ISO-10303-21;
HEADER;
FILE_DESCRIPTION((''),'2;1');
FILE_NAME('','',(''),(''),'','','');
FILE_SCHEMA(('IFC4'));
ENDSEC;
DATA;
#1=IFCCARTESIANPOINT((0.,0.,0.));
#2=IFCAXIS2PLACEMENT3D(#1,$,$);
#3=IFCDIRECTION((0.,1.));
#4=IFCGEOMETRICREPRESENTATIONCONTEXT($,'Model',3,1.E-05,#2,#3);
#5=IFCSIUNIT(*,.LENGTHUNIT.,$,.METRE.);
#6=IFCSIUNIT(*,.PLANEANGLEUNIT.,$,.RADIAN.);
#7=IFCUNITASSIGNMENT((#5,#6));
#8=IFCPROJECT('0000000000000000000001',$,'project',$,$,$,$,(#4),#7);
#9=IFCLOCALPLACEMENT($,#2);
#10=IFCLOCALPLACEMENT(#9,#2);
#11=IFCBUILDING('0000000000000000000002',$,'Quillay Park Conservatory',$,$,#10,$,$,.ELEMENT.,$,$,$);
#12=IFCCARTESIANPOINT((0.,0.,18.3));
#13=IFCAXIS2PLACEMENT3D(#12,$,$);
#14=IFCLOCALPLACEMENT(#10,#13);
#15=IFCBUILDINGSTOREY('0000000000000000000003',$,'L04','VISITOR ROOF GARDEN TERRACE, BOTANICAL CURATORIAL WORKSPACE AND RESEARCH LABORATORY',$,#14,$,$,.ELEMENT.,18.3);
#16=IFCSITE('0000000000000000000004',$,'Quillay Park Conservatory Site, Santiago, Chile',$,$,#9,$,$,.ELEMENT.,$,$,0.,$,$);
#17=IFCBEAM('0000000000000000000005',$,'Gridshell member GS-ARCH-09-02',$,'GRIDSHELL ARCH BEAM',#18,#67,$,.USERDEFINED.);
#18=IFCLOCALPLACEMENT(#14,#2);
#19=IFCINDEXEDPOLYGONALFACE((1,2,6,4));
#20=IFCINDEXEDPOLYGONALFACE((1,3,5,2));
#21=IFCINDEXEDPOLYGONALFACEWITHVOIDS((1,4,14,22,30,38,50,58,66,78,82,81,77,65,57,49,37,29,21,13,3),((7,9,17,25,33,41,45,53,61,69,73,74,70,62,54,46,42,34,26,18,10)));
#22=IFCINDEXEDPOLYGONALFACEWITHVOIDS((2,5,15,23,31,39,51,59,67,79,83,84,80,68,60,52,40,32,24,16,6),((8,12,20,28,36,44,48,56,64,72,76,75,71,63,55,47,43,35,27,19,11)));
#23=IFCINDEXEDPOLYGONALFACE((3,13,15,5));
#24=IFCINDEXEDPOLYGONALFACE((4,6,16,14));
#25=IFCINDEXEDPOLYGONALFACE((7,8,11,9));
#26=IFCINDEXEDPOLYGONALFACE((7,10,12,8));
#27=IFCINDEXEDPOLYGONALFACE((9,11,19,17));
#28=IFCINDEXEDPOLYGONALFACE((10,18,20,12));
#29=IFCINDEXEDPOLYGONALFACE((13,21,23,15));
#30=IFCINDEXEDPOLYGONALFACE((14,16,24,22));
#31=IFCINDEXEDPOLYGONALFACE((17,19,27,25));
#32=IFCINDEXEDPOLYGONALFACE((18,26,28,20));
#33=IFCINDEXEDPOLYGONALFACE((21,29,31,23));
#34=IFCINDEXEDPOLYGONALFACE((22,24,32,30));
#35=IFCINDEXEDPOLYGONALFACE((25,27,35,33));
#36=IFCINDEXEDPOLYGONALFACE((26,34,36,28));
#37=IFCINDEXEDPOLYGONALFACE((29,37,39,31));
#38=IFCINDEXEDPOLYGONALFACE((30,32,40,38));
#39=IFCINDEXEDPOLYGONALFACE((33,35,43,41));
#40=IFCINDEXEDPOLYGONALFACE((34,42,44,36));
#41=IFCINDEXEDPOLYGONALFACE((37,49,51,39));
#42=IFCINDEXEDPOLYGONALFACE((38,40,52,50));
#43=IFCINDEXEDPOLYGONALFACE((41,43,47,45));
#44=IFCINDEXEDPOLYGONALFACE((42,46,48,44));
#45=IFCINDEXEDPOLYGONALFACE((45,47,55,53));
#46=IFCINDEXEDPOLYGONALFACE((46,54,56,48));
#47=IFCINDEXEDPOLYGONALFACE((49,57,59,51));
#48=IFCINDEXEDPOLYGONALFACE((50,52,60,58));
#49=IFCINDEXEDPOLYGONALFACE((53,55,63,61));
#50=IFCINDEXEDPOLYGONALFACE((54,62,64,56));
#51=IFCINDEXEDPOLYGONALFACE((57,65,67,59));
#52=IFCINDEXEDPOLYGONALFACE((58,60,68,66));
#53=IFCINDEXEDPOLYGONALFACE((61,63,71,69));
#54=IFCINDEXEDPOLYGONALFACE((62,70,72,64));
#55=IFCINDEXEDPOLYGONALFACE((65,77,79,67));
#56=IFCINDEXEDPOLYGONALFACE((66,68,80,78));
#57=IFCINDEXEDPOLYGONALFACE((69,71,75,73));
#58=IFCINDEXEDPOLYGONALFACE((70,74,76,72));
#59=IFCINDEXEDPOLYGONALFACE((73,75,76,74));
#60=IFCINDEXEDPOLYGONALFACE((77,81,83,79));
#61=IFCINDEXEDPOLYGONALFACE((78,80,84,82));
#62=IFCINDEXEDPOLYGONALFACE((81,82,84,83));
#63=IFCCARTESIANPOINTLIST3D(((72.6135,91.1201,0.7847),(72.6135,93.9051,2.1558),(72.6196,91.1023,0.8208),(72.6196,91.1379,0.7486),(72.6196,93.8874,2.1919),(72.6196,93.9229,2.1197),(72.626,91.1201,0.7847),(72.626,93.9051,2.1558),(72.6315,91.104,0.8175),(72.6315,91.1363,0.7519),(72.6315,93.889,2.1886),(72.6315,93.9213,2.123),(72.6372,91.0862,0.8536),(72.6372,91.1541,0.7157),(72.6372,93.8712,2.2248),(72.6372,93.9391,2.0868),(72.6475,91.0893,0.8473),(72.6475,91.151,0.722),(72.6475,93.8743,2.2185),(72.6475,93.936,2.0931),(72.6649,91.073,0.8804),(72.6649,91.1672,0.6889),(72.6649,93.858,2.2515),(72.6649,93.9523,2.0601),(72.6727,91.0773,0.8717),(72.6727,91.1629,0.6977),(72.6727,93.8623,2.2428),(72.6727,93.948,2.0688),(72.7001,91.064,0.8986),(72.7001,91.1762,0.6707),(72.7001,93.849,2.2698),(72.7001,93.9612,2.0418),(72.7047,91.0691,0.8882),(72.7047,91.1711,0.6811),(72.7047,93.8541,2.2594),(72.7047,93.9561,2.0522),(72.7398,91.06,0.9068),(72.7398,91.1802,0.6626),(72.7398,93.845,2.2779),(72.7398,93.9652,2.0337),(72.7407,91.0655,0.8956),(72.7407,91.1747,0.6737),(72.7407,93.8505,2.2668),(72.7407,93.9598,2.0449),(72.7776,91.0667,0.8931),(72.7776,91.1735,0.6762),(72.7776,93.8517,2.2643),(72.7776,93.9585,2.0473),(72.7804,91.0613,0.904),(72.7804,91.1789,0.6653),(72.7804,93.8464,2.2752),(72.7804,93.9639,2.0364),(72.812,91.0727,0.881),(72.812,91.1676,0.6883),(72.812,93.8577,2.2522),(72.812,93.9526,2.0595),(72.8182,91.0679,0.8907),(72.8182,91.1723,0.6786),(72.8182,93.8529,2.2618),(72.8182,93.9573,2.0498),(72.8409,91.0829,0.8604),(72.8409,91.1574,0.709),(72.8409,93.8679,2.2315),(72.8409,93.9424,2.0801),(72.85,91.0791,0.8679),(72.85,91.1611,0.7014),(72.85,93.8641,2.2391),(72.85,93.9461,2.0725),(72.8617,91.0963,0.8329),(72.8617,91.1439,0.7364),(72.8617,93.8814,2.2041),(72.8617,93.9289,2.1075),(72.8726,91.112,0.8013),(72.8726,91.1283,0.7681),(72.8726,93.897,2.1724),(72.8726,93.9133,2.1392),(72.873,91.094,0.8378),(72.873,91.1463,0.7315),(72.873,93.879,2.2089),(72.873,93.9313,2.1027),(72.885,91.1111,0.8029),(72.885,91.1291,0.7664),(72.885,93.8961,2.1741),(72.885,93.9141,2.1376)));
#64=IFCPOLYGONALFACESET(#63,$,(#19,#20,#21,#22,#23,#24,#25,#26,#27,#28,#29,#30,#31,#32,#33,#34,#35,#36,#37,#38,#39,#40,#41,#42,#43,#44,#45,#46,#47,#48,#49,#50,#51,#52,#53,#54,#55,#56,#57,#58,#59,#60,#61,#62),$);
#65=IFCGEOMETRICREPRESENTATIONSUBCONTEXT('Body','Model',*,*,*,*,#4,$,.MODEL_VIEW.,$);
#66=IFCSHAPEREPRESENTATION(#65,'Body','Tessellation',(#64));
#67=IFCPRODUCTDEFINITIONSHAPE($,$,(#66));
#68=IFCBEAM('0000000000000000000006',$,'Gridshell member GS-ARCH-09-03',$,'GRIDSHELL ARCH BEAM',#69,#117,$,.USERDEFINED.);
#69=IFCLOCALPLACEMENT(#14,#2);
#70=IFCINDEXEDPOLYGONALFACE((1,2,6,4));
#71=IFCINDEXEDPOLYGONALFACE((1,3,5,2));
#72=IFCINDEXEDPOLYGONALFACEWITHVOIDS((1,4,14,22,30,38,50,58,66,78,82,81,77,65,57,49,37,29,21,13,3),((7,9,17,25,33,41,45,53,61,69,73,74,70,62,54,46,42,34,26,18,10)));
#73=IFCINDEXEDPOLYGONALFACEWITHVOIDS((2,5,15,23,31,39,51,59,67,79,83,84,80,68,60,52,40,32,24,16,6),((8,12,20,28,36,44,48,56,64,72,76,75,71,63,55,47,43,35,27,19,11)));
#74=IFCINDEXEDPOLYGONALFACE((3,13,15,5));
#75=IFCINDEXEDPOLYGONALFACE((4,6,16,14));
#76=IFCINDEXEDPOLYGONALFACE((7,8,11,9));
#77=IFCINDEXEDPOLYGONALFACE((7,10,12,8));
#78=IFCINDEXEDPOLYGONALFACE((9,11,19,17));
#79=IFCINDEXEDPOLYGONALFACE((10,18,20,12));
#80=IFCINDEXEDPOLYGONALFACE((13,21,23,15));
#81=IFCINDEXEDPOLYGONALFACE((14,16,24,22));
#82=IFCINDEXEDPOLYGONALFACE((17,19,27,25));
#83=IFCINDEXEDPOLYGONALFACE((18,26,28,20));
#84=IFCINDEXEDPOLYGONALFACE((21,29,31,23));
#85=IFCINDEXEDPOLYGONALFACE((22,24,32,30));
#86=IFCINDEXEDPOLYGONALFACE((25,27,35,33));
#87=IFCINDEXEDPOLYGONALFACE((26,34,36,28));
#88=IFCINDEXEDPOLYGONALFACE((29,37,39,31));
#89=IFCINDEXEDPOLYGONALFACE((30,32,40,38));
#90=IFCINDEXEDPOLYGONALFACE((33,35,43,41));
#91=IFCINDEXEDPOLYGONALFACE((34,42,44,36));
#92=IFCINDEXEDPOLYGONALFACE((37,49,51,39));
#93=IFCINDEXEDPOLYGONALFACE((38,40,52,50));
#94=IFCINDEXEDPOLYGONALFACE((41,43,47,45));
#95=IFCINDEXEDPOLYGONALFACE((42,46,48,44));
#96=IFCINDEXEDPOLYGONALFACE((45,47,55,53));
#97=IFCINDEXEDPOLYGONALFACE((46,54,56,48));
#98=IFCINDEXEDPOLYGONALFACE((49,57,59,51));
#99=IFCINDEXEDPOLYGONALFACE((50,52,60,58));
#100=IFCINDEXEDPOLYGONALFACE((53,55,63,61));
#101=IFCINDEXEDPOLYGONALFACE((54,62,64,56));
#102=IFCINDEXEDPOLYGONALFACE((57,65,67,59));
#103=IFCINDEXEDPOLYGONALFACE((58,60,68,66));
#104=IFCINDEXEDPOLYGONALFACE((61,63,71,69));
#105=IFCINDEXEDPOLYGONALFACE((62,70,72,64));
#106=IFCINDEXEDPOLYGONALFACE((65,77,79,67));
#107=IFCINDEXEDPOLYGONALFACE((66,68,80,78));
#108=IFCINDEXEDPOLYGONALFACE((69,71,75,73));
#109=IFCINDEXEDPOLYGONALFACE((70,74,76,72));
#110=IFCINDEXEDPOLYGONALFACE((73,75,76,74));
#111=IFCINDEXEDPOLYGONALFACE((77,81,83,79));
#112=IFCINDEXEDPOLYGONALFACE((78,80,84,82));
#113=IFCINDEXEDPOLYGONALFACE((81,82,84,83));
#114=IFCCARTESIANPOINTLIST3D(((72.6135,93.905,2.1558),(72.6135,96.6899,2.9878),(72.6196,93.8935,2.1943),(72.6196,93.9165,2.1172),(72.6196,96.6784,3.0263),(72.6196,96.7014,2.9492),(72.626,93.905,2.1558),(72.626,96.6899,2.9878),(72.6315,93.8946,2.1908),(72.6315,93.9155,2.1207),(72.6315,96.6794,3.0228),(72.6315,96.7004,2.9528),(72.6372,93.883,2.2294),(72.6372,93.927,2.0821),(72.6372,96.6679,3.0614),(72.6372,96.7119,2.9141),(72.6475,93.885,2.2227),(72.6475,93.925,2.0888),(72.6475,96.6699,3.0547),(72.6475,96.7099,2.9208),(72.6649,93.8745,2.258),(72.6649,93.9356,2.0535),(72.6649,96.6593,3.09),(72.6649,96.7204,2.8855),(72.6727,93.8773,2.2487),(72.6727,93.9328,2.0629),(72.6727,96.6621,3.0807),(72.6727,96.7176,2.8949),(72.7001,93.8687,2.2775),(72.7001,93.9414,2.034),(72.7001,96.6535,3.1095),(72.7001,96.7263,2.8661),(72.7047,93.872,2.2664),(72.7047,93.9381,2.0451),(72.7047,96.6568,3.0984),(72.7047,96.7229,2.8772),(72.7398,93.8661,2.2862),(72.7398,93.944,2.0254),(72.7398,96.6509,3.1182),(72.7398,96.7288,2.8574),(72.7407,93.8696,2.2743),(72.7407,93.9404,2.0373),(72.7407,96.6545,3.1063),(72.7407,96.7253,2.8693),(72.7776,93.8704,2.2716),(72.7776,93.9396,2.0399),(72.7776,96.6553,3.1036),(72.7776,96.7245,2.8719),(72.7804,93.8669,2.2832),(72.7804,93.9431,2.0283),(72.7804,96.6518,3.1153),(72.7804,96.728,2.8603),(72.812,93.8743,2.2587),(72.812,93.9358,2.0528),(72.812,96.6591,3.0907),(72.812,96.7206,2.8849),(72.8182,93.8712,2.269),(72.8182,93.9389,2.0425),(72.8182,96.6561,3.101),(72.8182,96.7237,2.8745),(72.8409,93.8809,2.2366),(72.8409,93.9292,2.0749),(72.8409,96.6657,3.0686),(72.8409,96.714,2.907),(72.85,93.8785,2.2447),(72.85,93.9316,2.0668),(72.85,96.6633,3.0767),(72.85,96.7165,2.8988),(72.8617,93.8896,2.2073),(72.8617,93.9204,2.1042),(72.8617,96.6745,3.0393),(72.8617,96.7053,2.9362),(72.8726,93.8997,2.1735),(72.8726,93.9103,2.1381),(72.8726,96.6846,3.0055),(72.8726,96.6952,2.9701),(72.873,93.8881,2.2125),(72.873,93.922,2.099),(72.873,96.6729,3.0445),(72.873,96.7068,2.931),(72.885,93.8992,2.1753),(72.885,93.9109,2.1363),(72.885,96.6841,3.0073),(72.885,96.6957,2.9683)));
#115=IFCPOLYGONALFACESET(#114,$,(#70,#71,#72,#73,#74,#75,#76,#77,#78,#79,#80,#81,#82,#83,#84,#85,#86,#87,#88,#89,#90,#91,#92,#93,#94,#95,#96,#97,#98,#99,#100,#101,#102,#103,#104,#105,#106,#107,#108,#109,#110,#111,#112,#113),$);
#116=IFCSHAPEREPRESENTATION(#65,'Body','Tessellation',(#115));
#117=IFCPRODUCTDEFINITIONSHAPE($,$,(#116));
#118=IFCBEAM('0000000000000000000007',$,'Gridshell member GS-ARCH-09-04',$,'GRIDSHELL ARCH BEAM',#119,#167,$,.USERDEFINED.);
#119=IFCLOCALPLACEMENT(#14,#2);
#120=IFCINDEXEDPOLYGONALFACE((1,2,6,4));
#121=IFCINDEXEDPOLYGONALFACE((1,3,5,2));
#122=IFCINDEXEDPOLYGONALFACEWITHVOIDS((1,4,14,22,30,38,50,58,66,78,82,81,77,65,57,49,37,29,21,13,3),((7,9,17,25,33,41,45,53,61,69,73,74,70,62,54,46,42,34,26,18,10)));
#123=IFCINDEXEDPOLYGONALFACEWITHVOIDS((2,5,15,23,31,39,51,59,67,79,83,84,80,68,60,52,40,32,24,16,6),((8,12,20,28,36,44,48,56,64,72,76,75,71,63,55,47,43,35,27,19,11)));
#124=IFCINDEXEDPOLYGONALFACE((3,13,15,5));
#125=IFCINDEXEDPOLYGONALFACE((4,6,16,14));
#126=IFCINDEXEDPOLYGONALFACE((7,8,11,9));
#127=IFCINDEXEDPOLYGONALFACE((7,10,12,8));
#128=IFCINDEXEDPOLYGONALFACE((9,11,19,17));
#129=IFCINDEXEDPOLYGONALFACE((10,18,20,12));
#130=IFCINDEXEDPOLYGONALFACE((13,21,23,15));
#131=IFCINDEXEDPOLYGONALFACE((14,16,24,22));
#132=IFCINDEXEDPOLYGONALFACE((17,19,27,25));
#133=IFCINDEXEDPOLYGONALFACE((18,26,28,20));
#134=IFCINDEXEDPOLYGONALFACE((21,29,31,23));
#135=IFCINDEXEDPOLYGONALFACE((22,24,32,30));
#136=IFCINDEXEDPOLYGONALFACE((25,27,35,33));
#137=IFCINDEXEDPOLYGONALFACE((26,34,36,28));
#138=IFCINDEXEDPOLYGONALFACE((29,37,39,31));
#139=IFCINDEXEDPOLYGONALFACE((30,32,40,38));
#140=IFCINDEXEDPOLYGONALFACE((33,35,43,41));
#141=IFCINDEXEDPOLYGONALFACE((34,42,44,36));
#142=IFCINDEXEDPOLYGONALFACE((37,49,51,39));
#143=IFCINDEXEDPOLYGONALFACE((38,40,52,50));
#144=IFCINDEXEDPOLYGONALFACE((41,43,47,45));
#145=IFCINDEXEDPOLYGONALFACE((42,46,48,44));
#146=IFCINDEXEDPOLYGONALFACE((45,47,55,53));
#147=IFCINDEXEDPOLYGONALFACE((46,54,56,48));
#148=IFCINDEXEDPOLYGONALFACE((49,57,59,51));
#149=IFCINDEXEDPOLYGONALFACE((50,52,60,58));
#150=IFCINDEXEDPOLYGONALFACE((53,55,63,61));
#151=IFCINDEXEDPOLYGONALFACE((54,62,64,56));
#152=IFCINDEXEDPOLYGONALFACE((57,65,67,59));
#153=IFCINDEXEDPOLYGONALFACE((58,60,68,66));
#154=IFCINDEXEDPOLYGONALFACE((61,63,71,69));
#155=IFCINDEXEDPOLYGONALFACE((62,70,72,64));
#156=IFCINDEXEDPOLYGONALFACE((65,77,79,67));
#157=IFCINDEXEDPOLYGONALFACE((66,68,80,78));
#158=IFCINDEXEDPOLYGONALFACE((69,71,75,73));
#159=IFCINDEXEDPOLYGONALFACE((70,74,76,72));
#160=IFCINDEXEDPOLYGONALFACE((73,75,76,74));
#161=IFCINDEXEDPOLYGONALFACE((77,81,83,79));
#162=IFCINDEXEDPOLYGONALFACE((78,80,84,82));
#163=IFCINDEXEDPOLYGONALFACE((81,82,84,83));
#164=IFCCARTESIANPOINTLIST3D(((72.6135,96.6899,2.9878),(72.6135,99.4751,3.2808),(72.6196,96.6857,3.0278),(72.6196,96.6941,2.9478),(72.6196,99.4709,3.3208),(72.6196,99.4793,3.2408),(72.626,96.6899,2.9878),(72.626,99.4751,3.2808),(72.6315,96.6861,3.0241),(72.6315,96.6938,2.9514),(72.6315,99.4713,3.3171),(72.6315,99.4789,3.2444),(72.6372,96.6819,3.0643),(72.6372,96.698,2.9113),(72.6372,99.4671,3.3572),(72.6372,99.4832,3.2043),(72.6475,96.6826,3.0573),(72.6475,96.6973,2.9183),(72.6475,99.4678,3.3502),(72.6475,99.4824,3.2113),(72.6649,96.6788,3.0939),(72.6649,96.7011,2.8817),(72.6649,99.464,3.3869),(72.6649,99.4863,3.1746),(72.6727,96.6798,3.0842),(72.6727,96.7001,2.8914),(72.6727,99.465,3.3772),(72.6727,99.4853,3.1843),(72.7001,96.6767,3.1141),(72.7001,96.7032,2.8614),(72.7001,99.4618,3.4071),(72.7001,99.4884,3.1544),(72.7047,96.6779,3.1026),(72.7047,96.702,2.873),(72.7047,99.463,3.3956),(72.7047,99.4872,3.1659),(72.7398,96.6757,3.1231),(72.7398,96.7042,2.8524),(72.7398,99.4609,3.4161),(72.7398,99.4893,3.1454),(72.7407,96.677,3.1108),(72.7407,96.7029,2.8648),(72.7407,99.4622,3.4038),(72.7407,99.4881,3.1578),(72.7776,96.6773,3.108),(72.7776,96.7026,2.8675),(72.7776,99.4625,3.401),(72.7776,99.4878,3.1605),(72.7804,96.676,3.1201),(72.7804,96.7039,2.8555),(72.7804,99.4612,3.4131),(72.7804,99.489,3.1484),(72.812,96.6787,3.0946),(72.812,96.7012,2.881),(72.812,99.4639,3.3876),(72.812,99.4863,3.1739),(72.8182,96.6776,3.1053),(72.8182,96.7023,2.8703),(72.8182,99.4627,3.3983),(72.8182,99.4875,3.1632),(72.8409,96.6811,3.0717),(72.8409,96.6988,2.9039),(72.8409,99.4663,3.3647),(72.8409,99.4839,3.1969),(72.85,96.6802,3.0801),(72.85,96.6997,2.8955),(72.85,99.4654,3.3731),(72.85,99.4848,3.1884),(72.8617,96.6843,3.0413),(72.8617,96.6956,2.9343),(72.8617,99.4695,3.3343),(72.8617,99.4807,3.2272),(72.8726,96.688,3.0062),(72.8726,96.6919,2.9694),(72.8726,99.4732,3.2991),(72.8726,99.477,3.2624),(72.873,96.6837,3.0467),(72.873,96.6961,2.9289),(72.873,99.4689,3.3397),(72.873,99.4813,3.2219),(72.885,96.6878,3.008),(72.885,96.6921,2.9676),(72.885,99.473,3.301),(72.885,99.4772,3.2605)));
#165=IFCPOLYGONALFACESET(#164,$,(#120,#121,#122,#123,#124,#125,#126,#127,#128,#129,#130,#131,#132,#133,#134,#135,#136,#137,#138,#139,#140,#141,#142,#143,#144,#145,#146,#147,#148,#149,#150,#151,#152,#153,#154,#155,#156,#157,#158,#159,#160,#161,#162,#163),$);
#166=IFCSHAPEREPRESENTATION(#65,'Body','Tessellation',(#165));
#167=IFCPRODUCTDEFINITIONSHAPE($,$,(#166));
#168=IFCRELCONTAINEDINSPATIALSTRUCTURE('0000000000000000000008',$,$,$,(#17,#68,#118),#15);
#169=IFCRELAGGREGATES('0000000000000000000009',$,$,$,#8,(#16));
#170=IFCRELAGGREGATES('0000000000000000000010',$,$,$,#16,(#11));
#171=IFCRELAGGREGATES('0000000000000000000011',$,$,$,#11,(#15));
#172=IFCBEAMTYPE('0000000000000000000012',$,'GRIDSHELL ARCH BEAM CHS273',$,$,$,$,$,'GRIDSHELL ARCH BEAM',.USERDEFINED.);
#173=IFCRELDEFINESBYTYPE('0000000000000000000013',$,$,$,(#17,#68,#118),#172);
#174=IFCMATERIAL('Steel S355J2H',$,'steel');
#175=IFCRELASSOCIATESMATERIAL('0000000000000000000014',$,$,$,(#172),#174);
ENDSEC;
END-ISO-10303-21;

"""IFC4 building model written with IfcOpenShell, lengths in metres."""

from ifc_helpers import new_model, si_unit, direction, frame, origin, origin_2d, place, context, subcontext, project, spatial, hollow_circle, extrude, material, material_profile, profile_set, type_object, element, save


model = new_model("IFC4")

# Units and contexts
model_context = context("Model", 3, precision=1e-05, world=origin(), true_north=direction((0.0, 1.0)))
body_context = subcontext(model_context, "Body", "Model", "MODEL_VIEW")
ifc_project = project(units=[si_unit("LENGTHUNIT", "METRE"), si_unit("PLANEANGLEUNIT", "RADIAN")], contexts=[model_context])

# Site, building, storey
site_placement = place(None, origin())
site = spatial("IfcSite", under=ifc_project, at=site_placement, Name="Quillay Park Conservatory Site, Santiago, Chile", CompositionType="ELEMENT", RefElevation=0.0)
building_placement = place(site_placement, origin())
building = spatial("IfcBuilding", under=site, at=building_placement, Name="Quillay Park Conservatory", CompositionType="ELEMENT")
storey_placement = place(building_placement, frame((0.0, 0.0, 18.3)))
storey = spatial("IfcBuildingStorey", under=building, at=storey_placement, Name="L04", Description="VISITOR ROOF GARDEN TERRACE, BOTANICAL CURATORIAL WORKSPACE AND RESEARCH LABORATORY", CompositionType="ELEMENT", Elevation=18.3)

# Beams
ifc_material_1 = material(Name="Steel S355J2H", Category="steel")
ifc_material_profile_1 = material_profile(ifc_material_1, hollow_circle(Radius=0.1365, WallThickness=0.0125, at=origin_2d()), Name="CHS273x12.5")
ifc_profile_set_1 = profile_set([ifc_material_profile_1], Name="Steel S355J2H")
beam_type = type_object("IfcBeamType", Name="GRIDSHELL ARCH BEAM CHS273", ElementType="GRIDSHELL ARCH BEAM", PredefinedType="USERDEFINED", material=ifc_profile_set_1)
beam_1_placement = place(storey_placement, frame((72.75, 91.1201, 0.7847), z_axis=(0.0, 0.897163, 0.4417), x_axis=(-1.0, 0.0, 0.0)))
element("IfcBeam", 1, at=beam_1_placement, inside=storey, type_object=beam_type, Name="Gridshell member GS-ARCH-09-02", ObjectType="GRIDSHELL ARCH BEAM", PredefinedType="USERDEFINED", context=body_context, shape_type="SweptSolid", body=[
    extrude(hollow_circle(Radius=0.1365, WallThickness=0.0125, at=origin_2d()), origin(), (0.0, 0.0, 1.0), 3.1042),
])
beam_2_placement = place(storey_placement, frame((72.75, 93.905, 2.1558), z_axis=(0.0, 0.958152, 0.286261), x_axis=(-1.0, 0.0, 0.0)))
element("IfcBeam", 2, at=beam_2_placement, inside=storey, type_object=beam_type, Name="Gridshell member GS-ARCH-09-03", ObjectType="GRIDSHELL ARCH BEAM", PredefinedType="USERDEFINED", context=body_context, shape_type="SweptSolid", body=[
    extrude(hollow_circle(Radius=0.1365, WallThickness=0.0125, at=origin_2d()), origin(), (0.0, 0.0, 1.0), 2.9065),
])
beam_3_placement = place(storey_placement, frame((72.75, 96.6899, 2.9878), z_axis=(0.0, 0.994513, 0.104612), x_axis=(-1.0, 0.0, 0.0)))
element("IfcBeam", 3, at=beam_3_placement, inside=storey, type_object=beam_type, Name="Gridshell member GS-ARCH-09-04", ObjectType="GRIDSHELL ARCH BEAM", PredefinedType="USERDEFINED", context=body_context, shape_type="SweptSolid", body=[
    extrude(hollow_circle(Radius=0.1365, WallThickness=0.0125, at=origin_2d()), origin(), (0.0, 0.0, 1.0), 2.8005),
])

save(model, "model.ifc")
